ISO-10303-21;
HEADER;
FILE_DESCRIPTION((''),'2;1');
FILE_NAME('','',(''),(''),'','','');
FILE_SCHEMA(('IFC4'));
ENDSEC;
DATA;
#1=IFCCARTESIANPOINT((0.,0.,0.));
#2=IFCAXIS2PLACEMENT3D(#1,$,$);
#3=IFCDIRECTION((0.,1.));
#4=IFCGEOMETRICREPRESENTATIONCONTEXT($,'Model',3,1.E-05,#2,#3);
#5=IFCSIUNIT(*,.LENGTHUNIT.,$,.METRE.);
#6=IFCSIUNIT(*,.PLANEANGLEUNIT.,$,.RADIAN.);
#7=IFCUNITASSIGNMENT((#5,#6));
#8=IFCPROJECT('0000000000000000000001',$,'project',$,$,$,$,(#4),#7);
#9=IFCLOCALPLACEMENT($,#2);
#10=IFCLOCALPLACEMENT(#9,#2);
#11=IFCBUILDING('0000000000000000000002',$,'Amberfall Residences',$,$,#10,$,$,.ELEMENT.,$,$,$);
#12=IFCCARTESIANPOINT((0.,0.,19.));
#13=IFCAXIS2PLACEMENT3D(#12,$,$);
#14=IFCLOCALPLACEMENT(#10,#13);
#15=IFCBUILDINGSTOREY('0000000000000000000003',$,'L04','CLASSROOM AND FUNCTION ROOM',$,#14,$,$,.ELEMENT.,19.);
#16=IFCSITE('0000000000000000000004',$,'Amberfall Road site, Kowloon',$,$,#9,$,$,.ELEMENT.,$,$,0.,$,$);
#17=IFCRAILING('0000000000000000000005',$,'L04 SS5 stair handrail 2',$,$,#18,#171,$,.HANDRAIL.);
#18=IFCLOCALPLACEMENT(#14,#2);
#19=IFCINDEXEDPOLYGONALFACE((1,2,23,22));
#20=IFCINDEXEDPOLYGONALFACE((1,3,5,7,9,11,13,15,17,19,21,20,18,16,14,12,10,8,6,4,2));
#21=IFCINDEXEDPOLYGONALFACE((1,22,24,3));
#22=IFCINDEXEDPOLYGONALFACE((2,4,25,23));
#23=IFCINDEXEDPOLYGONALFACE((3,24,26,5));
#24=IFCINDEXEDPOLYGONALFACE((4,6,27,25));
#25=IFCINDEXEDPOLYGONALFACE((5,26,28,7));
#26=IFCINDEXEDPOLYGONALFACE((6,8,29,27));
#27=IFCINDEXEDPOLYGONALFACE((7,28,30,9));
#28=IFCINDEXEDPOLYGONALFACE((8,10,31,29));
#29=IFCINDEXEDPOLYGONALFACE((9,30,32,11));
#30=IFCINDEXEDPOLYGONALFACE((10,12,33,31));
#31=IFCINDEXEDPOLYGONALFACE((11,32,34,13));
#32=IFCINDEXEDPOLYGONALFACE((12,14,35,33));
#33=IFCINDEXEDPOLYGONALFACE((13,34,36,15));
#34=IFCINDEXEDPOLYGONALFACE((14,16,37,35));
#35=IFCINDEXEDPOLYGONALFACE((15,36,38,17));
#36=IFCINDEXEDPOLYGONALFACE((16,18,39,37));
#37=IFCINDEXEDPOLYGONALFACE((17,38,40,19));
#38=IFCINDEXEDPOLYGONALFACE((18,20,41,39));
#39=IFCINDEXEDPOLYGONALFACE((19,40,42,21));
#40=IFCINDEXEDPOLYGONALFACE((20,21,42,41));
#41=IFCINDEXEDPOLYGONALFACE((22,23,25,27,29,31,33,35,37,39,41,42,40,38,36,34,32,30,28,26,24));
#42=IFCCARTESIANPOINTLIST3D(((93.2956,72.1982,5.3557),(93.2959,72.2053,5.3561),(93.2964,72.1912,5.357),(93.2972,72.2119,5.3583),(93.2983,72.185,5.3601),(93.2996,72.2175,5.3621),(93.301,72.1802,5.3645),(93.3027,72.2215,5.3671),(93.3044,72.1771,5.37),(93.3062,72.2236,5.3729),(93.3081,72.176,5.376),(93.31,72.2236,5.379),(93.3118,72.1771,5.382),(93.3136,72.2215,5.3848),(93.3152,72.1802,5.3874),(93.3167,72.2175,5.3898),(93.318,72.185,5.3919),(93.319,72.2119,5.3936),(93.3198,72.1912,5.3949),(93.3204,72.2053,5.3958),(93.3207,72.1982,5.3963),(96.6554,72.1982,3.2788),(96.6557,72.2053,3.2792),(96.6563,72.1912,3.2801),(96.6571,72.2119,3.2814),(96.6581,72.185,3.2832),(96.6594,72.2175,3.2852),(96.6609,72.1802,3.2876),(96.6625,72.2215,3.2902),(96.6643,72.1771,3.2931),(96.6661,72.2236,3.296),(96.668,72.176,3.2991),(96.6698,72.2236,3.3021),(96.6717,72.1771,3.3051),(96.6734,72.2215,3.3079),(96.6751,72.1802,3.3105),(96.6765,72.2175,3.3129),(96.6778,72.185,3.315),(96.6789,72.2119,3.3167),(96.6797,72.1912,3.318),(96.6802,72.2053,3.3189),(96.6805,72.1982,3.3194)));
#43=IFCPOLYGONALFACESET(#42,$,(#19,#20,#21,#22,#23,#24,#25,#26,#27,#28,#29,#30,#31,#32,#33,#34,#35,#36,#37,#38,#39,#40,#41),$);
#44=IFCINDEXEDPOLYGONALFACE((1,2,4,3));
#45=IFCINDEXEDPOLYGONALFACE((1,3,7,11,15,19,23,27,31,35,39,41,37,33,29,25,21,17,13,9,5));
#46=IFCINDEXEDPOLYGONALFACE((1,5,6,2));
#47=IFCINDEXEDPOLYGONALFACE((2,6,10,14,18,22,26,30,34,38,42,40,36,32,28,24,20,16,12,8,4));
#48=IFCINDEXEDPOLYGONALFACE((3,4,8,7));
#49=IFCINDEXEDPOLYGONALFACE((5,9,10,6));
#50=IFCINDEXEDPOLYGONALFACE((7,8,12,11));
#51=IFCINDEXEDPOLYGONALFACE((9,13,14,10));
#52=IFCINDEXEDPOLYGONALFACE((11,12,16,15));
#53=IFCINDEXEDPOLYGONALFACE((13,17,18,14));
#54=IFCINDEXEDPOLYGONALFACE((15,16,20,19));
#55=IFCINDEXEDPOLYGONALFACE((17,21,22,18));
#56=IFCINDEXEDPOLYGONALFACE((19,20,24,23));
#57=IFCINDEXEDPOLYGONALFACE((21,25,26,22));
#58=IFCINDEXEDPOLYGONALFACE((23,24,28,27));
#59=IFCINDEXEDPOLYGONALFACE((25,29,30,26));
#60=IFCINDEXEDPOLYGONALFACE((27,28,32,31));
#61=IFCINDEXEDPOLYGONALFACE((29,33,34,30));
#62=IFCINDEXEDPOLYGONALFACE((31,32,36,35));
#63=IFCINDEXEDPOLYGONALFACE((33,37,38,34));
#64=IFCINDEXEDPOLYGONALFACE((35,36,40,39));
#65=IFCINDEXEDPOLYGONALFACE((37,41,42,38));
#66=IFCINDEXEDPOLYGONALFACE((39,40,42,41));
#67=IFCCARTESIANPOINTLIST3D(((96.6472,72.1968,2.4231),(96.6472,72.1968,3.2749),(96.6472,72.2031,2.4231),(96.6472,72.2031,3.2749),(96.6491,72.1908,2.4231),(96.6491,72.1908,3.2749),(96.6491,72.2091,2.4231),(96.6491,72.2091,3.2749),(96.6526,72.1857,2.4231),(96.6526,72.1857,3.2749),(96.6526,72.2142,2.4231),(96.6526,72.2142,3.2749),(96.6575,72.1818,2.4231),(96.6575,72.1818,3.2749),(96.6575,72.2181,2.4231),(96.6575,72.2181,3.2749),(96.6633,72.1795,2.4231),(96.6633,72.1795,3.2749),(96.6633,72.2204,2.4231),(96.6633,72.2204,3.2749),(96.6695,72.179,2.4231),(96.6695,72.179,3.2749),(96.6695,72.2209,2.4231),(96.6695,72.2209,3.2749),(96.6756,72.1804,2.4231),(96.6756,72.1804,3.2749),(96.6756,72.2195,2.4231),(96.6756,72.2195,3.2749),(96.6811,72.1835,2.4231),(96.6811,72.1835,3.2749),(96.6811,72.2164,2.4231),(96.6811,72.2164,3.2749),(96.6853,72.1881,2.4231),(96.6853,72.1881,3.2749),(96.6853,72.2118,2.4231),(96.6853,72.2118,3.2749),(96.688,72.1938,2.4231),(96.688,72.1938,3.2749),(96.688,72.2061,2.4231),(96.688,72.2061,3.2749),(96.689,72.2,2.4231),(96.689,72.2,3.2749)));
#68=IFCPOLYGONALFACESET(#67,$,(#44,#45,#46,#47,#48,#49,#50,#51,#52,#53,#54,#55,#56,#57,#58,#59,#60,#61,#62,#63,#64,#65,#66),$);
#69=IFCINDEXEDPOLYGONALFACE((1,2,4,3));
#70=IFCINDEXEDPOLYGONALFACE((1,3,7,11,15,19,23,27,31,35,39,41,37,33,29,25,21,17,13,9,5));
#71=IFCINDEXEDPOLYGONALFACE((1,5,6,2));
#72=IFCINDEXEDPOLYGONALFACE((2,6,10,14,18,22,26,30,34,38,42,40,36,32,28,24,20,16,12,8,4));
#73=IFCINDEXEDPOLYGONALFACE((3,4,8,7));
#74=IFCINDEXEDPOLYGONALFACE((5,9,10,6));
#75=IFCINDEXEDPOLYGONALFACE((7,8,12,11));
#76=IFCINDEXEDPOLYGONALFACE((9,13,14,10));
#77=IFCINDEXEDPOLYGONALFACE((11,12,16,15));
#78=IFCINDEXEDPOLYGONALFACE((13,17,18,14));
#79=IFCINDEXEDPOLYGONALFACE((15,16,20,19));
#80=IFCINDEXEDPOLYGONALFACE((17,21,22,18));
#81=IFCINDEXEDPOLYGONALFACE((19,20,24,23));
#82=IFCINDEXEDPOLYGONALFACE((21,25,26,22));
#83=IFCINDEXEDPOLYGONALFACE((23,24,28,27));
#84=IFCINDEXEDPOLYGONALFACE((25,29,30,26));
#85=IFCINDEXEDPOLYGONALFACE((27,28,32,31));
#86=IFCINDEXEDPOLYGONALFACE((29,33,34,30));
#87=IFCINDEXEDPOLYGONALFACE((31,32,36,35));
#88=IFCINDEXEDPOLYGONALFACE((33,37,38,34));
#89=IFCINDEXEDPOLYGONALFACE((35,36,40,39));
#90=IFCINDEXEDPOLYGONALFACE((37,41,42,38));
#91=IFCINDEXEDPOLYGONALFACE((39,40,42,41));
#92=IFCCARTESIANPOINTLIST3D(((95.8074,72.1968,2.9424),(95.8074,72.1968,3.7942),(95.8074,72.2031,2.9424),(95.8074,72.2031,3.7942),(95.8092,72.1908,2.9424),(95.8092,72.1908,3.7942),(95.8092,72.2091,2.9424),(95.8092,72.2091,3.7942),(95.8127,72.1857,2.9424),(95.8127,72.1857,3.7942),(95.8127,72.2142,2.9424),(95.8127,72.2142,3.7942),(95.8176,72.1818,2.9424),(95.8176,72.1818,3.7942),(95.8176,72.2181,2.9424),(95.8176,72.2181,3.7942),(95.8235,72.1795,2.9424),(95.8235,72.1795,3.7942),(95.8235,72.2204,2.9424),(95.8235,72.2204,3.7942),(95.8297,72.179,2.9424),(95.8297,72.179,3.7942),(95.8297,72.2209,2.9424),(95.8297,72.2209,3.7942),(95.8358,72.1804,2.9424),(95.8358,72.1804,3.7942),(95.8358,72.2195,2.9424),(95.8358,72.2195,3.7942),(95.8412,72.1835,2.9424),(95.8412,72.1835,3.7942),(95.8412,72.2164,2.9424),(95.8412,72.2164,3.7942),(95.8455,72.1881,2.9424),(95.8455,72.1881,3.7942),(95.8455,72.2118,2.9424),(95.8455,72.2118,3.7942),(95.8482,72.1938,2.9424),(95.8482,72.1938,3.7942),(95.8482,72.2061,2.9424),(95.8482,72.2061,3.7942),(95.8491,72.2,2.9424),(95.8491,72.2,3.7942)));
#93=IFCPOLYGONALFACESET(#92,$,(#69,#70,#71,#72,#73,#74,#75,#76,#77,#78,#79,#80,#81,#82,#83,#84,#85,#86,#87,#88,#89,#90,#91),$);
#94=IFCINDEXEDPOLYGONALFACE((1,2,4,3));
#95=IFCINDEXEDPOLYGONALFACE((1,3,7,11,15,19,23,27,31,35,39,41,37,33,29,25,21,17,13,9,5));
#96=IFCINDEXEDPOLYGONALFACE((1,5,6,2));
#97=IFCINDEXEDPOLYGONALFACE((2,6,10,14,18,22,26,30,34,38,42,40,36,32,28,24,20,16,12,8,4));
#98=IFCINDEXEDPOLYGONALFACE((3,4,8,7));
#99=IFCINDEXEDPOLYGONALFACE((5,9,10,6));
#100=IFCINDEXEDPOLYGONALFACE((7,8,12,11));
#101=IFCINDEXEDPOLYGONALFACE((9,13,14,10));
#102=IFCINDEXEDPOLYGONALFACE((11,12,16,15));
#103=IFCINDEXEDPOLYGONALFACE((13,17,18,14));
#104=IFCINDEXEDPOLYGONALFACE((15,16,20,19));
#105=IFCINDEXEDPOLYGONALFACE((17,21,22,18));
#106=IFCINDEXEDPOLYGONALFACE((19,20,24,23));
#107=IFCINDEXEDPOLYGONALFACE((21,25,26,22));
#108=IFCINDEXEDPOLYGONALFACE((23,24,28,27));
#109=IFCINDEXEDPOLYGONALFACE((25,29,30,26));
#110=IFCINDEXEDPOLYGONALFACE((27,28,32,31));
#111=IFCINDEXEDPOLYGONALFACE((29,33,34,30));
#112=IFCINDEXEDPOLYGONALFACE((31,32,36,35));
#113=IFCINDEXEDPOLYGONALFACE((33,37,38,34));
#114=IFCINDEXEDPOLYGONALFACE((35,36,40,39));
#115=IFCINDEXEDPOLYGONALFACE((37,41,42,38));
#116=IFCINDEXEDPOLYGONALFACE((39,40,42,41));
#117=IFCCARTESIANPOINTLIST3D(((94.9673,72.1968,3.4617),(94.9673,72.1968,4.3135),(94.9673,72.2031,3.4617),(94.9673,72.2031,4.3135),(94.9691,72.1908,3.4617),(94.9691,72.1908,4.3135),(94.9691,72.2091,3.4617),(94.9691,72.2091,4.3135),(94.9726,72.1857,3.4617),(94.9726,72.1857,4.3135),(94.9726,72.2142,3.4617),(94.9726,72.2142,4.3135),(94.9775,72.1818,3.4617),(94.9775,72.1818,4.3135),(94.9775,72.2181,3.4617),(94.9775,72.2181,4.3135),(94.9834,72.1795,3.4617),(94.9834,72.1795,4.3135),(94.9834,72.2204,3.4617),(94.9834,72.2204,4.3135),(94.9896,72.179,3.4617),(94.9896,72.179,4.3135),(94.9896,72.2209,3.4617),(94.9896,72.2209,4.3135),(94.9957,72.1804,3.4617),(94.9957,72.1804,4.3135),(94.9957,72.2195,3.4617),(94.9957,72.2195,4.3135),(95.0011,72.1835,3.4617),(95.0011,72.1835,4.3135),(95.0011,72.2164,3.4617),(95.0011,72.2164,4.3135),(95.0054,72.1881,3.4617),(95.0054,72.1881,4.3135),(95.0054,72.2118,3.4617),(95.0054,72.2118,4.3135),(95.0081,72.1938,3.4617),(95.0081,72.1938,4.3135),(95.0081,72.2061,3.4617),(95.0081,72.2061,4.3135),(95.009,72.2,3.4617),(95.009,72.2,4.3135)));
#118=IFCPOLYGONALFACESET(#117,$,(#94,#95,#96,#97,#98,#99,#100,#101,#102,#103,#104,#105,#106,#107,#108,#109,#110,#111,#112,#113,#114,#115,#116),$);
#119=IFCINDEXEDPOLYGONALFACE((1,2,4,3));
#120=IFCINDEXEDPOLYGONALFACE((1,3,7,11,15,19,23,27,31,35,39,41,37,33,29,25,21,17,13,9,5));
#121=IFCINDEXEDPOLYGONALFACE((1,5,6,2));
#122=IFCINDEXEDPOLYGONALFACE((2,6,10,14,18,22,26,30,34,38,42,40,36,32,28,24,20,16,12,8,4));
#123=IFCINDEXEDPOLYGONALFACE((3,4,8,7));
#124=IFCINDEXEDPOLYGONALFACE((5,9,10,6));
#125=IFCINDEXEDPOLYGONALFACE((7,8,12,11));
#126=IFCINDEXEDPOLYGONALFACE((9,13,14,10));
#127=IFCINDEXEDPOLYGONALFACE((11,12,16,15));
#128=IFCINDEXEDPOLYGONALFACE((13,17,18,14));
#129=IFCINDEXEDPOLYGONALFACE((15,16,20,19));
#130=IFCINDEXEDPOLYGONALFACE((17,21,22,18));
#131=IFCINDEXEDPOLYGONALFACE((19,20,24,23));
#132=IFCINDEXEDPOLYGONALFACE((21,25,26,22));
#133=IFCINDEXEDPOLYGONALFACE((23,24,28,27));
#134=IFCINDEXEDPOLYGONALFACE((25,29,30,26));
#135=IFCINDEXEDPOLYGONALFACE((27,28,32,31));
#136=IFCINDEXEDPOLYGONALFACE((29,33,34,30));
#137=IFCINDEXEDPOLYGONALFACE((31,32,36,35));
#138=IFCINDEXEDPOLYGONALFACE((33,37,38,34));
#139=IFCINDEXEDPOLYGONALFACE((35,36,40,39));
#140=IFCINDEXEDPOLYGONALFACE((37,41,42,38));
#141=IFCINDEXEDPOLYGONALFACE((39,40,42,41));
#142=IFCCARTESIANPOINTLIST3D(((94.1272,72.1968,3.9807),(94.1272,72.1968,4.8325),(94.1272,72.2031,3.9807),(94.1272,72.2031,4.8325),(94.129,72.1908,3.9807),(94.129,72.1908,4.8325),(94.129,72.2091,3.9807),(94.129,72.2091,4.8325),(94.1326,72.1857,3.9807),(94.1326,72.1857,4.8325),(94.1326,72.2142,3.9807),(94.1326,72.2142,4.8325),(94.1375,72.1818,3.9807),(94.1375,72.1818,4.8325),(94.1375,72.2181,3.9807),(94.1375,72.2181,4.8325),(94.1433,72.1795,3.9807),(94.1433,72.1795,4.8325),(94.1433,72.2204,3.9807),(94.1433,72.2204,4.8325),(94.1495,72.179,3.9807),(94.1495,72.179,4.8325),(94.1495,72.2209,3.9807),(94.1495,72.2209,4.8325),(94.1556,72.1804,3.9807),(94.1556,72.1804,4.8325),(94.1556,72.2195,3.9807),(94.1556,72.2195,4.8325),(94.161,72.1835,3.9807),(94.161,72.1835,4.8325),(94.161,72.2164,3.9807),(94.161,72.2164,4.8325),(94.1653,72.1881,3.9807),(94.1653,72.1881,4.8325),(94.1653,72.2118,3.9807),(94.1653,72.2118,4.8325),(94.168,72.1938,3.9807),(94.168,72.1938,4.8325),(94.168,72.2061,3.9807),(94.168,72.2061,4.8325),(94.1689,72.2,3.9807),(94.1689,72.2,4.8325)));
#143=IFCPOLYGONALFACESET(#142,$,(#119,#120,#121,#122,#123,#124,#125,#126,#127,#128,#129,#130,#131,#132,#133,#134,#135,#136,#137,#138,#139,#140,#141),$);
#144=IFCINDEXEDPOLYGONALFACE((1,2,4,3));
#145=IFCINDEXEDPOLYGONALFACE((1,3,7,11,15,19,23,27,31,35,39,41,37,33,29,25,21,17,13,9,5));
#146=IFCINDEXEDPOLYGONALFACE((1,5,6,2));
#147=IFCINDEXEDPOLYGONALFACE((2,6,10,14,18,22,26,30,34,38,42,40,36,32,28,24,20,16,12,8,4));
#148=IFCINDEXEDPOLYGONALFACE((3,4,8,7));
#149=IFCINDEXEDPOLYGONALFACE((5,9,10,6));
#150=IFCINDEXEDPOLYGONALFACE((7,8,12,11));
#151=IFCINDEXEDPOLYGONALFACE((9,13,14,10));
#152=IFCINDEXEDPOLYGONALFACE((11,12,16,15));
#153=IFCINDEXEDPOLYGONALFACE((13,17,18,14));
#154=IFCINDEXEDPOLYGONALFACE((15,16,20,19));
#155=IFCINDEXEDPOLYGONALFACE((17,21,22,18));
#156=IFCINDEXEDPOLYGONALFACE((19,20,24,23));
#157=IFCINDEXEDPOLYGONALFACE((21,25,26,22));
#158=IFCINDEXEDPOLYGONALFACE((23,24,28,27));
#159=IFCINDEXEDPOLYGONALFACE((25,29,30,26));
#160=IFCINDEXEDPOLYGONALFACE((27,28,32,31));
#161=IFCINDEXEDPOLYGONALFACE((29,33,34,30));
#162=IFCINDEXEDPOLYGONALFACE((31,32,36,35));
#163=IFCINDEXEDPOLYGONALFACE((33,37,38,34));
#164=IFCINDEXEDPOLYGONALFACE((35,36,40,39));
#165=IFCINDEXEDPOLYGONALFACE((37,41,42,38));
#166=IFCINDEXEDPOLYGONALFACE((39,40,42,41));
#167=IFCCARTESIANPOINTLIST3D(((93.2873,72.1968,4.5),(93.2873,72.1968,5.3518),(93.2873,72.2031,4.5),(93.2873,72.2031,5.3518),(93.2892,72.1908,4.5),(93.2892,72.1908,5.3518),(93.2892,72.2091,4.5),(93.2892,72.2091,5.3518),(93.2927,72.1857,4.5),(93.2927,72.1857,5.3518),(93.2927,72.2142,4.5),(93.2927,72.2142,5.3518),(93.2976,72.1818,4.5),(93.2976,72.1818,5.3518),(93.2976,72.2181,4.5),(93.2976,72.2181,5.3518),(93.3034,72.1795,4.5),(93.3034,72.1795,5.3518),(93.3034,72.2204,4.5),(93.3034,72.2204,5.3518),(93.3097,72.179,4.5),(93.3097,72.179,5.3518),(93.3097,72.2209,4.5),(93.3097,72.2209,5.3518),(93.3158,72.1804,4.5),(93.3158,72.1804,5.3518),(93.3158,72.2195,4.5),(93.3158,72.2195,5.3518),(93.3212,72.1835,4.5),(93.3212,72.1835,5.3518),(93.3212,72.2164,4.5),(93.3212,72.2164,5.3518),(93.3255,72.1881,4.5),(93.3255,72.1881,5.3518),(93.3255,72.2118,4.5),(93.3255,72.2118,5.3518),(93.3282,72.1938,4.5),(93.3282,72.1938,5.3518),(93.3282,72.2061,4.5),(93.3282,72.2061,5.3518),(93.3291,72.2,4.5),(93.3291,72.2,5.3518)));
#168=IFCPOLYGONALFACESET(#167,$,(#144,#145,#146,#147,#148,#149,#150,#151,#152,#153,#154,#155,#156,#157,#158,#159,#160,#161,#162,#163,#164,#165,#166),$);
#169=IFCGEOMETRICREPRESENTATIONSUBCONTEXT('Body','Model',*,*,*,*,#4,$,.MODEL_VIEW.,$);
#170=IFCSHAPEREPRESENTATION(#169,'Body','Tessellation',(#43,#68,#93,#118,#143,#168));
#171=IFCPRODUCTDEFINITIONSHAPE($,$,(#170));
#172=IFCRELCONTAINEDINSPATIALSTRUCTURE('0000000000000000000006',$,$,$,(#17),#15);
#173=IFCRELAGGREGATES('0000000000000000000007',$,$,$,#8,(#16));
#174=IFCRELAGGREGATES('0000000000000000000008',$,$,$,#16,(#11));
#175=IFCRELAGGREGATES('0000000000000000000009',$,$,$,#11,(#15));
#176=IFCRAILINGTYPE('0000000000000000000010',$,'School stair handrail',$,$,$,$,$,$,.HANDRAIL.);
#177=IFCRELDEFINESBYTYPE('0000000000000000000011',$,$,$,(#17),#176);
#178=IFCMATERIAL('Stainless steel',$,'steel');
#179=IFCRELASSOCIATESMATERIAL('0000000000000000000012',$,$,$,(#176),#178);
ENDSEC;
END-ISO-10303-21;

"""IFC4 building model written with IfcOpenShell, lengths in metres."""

from ifc_helpers import new_model, si_unit, direction, frame, origin, origin_2d, place, context, subcontext, project, spatial, circle, extrude, material, type_object, element, save


model = new_model("IFC4")

# Units and contexts
model_context = context("Model", 3, precision=1e-05, world=origin(), true_north=direction((0.0, 1.0)))
body_context = subcontext(model_context, "Body", "Model", "MODEL_VIEW")
ifc_project = project(units=[si_unit("LENGTHUNIT", "METRE"), si_unit("PLANEANGLEUNIT", "RADIAN")], contexts=[model_context])

# Site, building, storey
site_placement = place(None, origin())
site = spatial("IfcSite", under=ifc_project, at=site_placement, Name="Amberfall Road site, Kowloon", CompositionType="ELEMENT", RefElevation=0.0)
building_placement = place(site_placement, origin())
building = spatial("IfcBuilding", under=site, at=building_placement, Name="Amberfall Residences", CompositionType="ELEMENT")
storey_placement = place(building_placement, frame((0.0, 0.0, 19.0)))
storey = spatial("IfcBuildingStorey", under=building, at=storey_placement, Name="L04", Description="CLASSROOM AND FUNCTION ROOM", CompositionType="ELEMENT", Elevation=19.0)

# Railing
ifc_material_1 = material(Name="Stainless steel", Category="steel")
railing_type_1 = type_object("IfcRailingType", Name="School stair handrail", PredefinedType="HANDRAIL", material=ifc_material_1)
railing_1_placement = place(storey_placement, frame((96.668, 72.2, 2.4231)))
element("IfcRailing", 1, at=railing_1_placement, inside=storey, type_object=railing_type_1, Name="L04 SS5 stair handrail 2", PredefinedType="HANDRAIL", context=body_context, shape_type="SweptSolid", body=[
    extrude(circle(Radius=0.0239, at=origin_2d()), frame((0.0, 0.0, 0.876), z_axis=(-0.850606, 0.0, 0.525803), x_axis=(0.0, -1.0, 0.0)), (0.0, 0.0, 1.0), 3.95),
    extrude(circle(Radius=0.021, at=origin_2d()), origin(), (0.0, 0.0, 1.0), 0.8518),
    extrude(circle(Radius=0.021, at=origin_2d()), frame((-0.8398, 0.0, 0.5193)), (0.0, 0.0, 1.0), 0.8518),
    extrude(circle(Radius=0.021, at=origin_2d()), frame((-1.6799, 0.0, 1.0386)), (0.0, 0.0, 1.0), 0.8518),
    extrude(circle(Radius=0.021, at=origin_2d()), frame((-2.52, 0.0, 1.5576)), (0.0, 0.0, 1.0), 0.8518),
    extrude(circle(Radius=0.021, at=origin_2d()), frame((-3.3599, 0.0, 2.0769)), (0.0, 0.0, 1.0), 0.8518),
])

save(model, "model.ifc")
